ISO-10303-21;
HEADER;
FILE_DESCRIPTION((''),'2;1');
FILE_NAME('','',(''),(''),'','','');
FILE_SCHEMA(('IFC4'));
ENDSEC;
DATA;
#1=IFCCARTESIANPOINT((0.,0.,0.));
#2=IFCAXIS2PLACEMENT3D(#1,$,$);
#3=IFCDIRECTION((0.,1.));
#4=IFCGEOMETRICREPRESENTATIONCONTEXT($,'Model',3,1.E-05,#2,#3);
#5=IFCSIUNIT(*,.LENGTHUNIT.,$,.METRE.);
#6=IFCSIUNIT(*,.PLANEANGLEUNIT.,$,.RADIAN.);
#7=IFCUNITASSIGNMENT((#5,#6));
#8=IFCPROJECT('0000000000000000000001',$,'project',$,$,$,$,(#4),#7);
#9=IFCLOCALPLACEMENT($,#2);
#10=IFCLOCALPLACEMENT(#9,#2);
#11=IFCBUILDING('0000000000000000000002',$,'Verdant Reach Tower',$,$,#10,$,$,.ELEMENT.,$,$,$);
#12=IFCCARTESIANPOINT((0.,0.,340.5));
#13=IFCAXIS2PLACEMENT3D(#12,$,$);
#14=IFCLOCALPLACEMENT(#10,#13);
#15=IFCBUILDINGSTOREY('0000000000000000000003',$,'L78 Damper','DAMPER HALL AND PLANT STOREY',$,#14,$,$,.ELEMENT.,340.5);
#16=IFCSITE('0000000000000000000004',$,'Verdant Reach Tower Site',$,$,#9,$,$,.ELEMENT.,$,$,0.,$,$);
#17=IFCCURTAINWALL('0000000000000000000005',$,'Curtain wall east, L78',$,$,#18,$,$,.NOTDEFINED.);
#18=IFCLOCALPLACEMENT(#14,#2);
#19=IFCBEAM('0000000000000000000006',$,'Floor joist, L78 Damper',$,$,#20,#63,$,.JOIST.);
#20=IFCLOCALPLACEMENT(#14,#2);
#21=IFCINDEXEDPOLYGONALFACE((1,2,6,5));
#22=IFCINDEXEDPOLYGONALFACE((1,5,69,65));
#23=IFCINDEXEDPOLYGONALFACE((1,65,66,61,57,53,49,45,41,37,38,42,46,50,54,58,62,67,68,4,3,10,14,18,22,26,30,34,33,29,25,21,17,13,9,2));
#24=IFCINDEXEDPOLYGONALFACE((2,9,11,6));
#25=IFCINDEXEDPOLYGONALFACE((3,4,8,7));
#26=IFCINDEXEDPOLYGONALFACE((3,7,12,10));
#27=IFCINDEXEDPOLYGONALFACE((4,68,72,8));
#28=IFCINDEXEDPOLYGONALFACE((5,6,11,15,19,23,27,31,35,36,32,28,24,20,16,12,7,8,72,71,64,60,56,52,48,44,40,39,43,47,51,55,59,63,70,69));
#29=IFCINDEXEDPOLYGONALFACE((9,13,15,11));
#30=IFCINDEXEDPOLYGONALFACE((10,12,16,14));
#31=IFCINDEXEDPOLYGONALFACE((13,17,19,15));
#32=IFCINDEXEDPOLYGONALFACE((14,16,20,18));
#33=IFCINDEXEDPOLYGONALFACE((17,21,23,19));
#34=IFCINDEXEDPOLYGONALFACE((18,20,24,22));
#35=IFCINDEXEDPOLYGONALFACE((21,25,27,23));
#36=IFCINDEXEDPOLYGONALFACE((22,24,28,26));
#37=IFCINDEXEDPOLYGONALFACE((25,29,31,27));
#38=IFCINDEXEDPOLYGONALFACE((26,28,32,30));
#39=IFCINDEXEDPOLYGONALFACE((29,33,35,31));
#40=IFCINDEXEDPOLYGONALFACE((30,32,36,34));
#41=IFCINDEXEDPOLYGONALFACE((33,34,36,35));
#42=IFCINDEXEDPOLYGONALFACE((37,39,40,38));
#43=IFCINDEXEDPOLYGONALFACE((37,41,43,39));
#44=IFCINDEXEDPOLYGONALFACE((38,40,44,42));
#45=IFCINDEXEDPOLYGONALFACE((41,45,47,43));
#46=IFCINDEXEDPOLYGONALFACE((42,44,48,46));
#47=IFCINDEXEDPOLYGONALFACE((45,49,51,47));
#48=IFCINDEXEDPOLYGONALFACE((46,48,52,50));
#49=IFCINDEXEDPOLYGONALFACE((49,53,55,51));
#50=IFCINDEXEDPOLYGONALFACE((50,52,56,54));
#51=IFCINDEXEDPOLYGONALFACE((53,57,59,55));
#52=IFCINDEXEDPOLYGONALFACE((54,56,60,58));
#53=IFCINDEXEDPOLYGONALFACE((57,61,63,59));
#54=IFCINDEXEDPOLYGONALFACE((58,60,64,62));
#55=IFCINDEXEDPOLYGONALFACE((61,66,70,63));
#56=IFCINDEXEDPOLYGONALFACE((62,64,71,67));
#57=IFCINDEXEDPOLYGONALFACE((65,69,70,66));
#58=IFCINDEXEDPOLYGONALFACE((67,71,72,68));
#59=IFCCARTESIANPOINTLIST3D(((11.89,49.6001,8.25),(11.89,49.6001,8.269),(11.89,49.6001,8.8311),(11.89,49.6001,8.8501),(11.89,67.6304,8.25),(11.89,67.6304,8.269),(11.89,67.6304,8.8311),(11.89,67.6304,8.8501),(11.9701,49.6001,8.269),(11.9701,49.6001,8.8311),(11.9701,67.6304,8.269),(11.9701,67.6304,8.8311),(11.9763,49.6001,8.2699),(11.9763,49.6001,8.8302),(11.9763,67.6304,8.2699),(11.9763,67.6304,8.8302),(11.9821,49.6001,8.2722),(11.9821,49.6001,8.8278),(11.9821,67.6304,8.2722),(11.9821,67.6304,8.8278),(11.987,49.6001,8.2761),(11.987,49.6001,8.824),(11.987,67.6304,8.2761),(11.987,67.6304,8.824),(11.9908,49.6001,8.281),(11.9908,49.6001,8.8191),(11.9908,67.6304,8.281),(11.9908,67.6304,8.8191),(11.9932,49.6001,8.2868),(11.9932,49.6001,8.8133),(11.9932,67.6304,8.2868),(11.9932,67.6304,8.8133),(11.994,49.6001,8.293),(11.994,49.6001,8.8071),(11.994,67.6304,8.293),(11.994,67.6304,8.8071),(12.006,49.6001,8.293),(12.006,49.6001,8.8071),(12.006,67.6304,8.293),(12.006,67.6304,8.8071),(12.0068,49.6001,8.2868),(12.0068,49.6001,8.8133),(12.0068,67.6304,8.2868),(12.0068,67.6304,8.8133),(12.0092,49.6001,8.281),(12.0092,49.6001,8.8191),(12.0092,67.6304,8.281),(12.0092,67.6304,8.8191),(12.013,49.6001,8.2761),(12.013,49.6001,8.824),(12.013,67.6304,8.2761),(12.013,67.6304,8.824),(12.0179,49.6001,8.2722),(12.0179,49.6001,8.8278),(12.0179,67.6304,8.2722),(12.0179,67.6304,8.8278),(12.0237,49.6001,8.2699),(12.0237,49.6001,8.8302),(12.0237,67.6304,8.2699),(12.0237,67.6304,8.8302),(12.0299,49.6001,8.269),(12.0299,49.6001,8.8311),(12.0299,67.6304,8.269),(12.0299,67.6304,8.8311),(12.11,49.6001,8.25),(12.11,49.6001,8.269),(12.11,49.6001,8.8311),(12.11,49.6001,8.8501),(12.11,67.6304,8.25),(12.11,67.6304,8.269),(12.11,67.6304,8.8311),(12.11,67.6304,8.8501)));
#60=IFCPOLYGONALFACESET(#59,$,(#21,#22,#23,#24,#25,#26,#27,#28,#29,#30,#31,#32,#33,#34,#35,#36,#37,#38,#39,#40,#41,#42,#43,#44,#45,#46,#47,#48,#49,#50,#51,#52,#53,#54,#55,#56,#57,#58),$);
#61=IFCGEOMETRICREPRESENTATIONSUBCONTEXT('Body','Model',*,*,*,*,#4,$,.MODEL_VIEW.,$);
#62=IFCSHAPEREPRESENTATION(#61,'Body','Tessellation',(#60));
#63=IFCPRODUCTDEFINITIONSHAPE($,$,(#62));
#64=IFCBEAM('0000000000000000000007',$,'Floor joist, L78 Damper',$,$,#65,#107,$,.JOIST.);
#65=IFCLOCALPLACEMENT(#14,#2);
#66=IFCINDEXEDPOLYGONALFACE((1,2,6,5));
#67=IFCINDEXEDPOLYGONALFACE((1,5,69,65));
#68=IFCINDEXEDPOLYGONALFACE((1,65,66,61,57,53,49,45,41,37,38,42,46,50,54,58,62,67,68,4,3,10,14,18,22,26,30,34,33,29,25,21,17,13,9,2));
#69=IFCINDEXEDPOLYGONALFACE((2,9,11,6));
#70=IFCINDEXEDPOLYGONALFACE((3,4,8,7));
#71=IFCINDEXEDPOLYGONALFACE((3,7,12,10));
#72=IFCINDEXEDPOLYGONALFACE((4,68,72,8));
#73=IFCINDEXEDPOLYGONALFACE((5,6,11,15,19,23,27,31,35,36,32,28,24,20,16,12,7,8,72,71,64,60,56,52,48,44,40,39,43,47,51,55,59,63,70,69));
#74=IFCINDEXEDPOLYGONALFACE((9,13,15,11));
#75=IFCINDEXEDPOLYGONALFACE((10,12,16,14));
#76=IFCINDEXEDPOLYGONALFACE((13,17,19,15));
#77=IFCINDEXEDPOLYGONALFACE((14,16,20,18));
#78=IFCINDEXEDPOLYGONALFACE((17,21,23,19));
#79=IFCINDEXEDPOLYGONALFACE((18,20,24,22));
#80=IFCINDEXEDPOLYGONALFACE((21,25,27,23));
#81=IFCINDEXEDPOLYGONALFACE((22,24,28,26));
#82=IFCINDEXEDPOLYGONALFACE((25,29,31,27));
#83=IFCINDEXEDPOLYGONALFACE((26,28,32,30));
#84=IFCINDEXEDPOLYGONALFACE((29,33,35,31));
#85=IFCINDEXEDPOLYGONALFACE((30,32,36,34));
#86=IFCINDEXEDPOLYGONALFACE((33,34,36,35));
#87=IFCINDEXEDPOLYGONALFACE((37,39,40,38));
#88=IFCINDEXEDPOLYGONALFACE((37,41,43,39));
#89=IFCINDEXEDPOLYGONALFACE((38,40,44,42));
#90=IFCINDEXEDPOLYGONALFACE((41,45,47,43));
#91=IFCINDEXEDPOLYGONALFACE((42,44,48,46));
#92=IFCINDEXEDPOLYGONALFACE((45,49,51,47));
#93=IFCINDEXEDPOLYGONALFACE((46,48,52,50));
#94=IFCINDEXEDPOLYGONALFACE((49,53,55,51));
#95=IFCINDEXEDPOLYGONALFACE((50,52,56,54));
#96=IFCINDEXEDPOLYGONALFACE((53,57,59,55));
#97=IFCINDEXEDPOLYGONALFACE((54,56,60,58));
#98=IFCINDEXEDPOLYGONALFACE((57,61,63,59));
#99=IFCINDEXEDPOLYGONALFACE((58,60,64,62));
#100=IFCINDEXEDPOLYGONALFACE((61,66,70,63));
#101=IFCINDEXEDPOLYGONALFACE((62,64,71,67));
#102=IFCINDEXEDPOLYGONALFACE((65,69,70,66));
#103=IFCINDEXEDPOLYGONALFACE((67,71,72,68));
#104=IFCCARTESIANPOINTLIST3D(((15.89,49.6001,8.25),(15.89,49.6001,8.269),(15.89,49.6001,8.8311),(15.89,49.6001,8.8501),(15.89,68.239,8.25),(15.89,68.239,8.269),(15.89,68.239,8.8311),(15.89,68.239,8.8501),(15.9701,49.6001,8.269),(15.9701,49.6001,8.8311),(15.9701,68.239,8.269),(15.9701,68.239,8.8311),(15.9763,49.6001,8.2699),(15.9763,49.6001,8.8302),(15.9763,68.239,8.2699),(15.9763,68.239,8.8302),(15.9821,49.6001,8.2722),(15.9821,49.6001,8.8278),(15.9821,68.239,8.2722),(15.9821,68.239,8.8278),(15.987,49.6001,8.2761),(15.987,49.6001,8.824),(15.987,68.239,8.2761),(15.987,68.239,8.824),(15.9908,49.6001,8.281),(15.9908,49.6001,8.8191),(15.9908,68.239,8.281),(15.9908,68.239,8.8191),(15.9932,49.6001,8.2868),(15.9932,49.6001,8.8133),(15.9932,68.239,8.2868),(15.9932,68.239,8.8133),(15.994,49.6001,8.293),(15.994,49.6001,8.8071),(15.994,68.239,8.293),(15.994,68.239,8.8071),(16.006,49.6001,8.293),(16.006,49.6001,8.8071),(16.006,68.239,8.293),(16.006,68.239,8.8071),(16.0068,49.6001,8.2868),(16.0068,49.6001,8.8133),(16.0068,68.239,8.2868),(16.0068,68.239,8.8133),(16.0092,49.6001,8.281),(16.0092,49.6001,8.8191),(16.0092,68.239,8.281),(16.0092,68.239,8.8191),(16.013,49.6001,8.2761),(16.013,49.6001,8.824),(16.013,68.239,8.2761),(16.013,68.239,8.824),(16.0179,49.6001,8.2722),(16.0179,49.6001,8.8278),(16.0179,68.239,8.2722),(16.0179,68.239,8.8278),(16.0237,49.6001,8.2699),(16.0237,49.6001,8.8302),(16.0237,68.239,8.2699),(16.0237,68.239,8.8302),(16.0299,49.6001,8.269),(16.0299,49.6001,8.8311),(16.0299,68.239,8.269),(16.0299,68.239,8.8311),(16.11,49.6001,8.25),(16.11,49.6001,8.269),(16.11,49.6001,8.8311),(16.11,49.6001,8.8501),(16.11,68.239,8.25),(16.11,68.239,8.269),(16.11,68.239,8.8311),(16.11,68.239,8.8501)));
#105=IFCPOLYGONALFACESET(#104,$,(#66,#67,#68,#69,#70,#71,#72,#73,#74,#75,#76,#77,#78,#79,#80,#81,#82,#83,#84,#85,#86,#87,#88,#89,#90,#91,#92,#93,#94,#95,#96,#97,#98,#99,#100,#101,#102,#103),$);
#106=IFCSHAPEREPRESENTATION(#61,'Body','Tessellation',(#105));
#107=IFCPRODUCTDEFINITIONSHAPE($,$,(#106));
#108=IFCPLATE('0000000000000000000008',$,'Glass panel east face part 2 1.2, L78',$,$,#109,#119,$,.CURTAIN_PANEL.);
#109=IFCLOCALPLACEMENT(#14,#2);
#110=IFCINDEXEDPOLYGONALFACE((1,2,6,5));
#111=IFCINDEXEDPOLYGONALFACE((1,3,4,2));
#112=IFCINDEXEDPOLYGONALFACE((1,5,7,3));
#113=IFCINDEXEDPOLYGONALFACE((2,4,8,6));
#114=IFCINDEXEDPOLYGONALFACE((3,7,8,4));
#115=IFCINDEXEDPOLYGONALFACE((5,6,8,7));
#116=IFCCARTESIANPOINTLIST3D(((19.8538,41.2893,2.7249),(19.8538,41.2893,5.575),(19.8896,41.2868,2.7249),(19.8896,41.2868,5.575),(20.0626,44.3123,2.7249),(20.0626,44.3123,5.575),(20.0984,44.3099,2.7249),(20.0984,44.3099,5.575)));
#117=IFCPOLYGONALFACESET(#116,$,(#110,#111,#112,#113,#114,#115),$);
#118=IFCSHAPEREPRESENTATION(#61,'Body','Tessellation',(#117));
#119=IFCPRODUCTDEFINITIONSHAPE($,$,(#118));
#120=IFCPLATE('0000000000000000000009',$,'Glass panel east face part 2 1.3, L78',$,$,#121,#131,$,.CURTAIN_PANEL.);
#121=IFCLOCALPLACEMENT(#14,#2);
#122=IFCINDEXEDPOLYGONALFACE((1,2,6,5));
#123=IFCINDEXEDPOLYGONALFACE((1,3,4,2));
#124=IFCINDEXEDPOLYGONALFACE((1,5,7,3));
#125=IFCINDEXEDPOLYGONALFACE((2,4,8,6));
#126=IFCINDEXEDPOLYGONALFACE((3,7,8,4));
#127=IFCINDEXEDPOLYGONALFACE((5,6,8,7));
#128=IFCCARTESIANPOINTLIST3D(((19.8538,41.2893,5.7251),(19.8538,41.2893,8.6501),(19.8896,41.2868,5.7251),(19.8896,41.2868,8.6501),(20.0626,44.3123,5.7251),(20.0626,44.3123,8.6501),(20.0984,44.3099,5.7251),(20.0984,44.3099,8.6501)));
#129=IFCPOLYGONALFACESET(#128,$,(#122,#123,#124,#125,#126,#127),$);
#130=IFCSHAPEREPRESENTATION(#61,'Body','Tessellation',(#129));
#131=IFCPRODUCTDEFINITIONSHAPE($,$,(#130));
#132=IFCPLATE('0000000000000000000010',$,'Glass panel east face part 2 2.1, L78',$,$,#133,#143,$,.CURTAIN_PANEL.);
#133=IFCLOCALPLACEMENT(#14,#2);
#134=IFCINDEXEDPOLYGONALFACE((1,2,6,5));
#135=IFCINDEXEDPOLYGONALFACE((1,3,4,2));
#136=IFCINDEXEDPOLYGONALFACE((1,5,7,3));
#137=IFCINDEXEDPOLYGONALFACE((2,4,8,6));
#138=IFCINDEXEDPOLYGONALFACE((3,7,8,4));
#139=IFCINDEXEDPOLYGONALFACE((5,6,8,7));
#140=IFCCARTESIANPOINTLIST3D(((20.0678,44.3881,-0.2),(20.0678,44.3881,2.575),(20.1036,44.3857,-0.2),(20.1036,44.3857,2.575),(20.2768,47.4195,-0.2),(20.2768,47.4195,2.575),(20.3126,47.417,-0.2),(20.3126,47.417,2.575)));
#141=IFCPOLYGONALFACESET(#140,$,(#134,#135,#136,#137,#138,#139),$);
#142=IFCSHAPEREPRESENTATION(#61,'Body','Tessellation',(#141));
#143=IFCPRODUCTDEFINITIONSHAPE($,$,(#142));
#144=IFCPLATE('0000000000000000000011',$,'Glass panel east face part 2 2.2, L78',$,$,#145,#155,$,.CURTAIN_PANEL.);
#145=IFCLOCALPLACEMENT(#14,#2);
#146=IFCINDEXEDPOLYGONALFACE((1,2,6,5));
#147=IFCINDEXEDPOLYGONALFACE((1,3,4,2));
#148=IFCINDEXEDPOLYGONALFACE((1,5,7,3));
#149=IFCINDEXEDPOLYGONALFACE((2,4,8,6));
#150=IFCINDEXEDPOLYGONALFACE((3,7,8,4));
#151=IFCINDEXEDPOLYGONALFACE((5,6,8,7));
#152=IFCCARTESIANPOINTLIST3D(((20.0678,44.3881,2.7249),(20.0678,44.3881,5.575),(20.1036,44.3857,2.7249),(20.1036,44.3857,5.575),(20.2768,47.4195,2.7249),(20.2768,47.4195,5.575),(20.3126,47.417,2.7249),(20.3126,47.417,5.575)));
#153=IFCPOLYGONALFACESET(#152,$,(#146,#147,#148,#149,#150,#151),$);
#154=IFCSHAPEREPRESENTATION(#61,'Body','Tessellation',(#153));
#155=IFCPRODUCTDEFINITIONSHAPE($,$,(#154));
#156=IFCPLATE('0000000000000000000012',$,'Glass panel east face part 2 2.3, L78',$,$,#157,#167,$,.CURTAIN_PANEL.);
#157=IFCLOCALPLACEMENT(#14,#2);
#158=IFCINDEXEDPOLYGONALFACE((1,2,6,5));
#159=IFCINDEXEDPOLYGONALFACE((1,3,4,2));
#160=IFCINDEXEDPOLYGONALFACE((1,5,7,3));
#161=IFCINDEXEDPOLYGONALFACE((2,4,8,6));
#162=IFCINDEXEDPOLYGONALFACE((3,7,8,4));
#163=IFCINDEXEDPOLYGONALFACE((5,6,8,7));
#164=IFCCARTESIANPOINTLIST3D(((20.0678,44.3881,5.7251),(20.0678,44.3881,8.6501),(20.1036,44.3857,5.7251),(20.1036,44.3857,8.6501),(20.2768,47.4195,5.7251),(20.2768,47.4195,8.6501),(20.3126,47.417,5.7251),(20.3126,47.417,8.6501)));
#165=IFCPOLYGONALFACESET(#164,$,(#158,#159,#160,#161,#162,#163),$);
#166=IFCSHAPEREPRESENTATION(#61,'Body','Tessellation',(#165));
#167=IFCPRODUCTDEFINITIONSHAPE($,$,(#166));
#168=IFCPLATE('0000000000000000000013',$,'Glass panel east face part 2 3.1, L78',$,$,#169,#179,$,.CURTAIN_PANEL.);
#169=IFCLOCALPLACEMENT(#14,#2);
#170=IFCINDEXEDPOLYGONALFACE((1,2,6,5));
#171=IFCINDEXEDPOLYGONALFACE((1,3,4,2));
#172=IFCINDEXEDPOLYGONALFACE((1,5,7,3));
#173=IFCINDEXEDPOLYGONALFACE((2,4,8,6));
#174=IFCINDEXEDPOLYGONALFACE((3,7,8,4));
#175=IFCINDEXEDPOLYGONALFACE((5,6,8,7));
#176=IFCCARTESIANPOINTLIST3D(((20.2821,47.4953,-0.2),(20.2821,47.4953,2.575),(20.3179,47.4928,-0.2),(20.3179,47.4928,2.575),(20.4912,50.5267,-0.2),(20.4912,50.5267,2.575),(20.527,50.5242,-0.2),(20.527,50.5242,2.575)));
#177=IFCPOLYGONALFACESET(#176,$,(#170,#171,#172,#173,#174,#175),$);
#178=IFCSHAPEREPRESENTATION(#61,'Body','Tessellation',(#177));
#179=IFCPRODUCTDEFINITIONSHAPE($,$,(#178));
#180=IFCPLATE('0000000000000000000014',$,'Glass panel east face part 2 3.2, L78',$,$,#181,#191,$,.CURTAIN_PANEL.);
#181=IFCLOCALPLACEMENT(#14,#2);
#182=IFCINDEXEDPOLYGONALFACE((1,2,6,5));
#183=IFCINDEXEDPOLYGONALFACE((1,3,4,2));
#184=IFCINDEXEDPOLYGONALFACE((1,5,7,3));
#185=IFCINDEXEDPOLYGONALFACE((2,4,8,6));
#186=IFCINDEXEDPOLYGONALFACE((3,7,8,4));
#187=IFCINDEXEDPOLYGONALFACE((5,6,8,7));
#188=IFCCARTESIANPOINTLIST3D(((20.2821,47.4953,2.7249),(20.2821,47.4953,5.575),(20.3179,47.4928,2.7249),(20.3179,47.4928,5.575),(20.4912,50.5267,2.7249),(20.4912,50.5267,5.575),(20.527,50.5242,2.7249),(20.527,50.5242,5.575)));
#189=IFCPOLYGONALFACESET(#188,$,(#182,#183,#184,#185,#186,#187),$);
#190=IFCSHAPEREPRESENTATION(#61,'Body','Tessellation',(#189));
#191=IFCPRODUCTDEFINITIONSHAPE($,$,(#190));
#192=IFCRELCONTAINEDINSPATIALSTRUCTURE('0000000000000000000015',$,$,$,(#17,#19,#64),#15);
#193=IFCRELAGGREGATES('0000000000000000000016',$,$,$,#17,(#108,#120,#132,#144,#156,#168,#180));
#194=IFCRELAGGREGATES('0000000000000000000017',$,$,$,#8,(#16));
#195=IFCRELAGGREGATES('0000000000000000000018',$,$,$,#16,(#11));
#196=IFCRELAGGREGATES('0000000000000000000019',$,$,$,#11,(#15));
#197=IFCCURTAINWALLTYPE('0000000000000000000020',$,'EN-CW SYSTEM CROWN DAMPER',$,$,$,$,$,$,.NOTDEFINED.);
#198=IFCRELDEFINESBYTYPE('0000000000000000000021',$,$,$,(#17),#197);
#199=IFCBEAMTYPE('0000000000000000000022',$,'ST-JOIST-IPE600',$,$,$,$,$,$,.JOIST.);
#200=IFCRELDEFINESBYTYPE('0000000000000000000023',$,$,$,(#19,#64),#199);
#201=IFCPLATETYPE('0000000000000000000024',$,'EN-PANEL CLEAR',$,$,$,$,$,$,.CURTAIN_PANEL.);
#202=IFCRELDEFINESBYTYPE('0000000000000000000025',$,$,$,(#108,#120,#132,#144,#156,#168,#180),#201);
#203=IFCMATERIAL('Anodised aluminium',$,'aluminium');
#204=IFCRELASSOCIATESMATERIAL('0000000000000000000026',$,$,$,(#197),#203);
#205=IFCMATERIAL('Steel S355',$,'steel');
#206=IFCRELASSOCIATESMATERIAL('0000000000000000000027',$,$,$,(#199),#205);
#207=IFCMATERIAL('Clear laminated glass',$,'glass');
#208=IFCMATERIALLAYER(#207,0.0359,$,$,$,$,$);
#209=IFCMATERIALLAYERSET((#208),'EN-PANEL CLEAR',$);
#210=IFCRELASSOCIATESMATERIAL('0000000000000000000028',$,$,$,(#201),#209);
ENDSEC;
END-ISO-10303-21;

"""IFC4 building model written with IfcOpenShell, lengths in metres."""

from ifc_helpers import new_model, si_unit, direction, frame, origin, origin_2d, place, context, subcontext, project, spatial, rectangle, i_section, extrude, material, layer, layer_set, material_profile, profile_set, type_object, element, aggregate, save


model = new_model("IFC4")

# Units and contexts
model_context = context("Model", 3, precision=1e-05, world=origin(), true_north=direction((0.0, 1.0)))
body_context = subcontext(model_context, "Body", "Model", "MODEL_VIEW")
ifc_project = project(units=[si_unit("LENGTHUNIT", "METRE"), si_unit("PLANEANGLEUNIT", "RADIAN")], contexts=[model_context])

# Site, building, storey
site_placement = place(None, origin())
site = spatial("IfcSite", under=ifc_project, at=site_placement, Name="Verdant Reach Tower Site", CompositionType="ELEMENT", RefElevation=0.0)
building_placement = place(site_placement, origin())
building = spatial("IfcBuilding", under=site, at=building_placement, Name="Verdant Reach Tower", CompositionType="ELEMENT")
storey_placement = place(building_placement, frame((0.0, 0.0, 340.5)))
storey = spatial("IfcBuildingStorey", under=building, at=storey_placement, Name="L78 Damper", Description="DAMPER HALL AND PLANT STOREY", CompositionType="ELEMENT", Elevation=340.5)

# Curtain wall
ifc_material_1 = material(Name="Anodised aluminium", Category="aluminium")
curtain_wall_type = type_object("IfcCurtainWallType", Name="EN-CW SYSTEM CROWN DAMPER", PredefinedType="NOTDEFINED", material=ifc_material_1)
curtain_wall_placement = place(storey_placement, origin())
curtain_wall = element("IfcCurtainWall", 1, at=curtain_wall_placement, inside=storey, type_object=curtain_wall_type, Name="Curtain wall east, L78", PredefinedType="NOTDEFINED")

# Beams
ifc_material_2 = material(Name="Steel S355", Category="steel")
ifc_material_profile_1 = material_profile(ifc_material_2, i_section(OverallWidth=0.22, OverallDepth=0.6001, WebThickness=0.012, FlangeThickness=0.019, FilletRadius=0.0239, at=origin_2d()), Name="IPE 600")
ifc_profile_set_1 = profile_set([ifc_material_profile_1], Name="Steel S355")
beam_type_1 = type_object("IfcBeamType", Name="ST-JOIST-IPE600", PredefinedType="JOIST", material=ifc_profile_set_1)
beam_1_placement = place(storey_placement, frame((12.0, 49.6001, 8.55), z_axis=(0.0, 1.0, 0.0), x_axis=(-1.0, 0.0, 0.0)))
element("IfcBeam", 2, at=beam_1_placement, inside=storey, type_object=beam_type_1, Name="Floor joist, L78 Damper", PredefinedType="JOIST", context=body_context, shape_type="SweptSolid", body=[
    extrude(i_section(OverallWidth=0.22, OverallDepth=0.6001, WebThickness=0.012, FlangeThickness=0.019, FilletRadius=0.0239, at=origin_2d()), origin(), (0.0, 0.0, 1.0), 18.0303),
])
beam_2_placement = place(storey_placement, frame((16.0, 49.6001, 8.55), z_axis=(0.0, 1.0, 0.0), x_axis=(-1.0, 0.0, 0.0)))
element("IfcBeam", 3, at=beam_2_placement, inside=storey, type_object=beam_type_1, Name="Floor joist, L78 Damper", PredefinedType="JOIST", context=body_context, shape_type="SweptSolid", body=[
    extrude(i_section(OverallWidth=0.22, OverallDepth=0.6001, WebThickness=0.012, FlangeThickness=0.019, FilletRadius=0.0239, at=origin_2d()), origin(), (0.0, 0.0, 1.0), 18.6389),
])

# Plates
ifc_material_3 = material(Name="Clear laminated glass", Category="glass")
ifc_layer = layer(ifc_material_3, 0.0359)
ifc_layer_set = layer_set([ifc_layer], Name="EN-PANEL CLEAR")
plate_type = type_object("IfcPlateType", Name="EN-PANEL CLEAR", PredefinedType="CURTAIN_PANEL", material=ifc_layer_set)
plate_1_placement = place(storey_placement, frame((19.9761, 42.7996, 2.7249), z_axis=(0.0, 0.0, 1.0), x_axis=(0.068893, 0.997624, 0.0)))
plate_1 = element("IfcPlate", 4, at=plate_1_placement, type_object=plate_type, Name="Glass panel east face part 2 1.2, L78", PredefinedType="CURTAIN_PANEL", context=body_context, shape_type="SweptSolid", body=[
    extrude(rectangle(XDim=3.0303, YDim=0.0359, at=origin_2d()), origin(), (0.0, 0.0, 1.0), 2.8501),
])
plate_2_placement = place(storey_placement, frame((19.9761, 42.7996, 5.7251), z_axis=(0.0, 0.0, 1.0), x_axis=(0.068893, 0.997624, 0.0)))
plate_2 = element("IfcPlate", 5, at=plate_2_placement, type_object=plate_type, Name="Glass panel east face part 2 1.3, L78", PredefinedType="CURTAIN_PANEL", context=body_context, shape_type="SweptSolid", body=[
    extrude(rectangle(XDim=3.0303, YDim=0.0359, at=origin_2d()), origin(), (0.0, 0.0, 1.0), 2.925),
])
plate_3_placement = place(storey_placement, frame((20.1902, 45.9026, -0.2), z_axis=(0.0, 0.0, 1.0), x_axis=(0.068802, 0.99763, 0.0)))
plate_3 = element("IfcPlate", 6, at=plate_3_placement, type_object=plate_type, Name="Glass panel east face part 2 2.1, L78", PredefinedType="CURTAIN_PANEL", context=body_context, shape_type="SweptSolid", body=[
    extrude(rectangle(XDim=3.0386, YDim=0.0359, at=origin_2d()), origin(), (0.0, 0.0, 1.0), 2.7749),
])
plate_4_placement = place(storey_placement, frame((20.1902, 45.9026, 2.7249), z_axis=(0.0, 0.0, 1.0), x_axis=(0.068802, 0.99763, 0.0)))
plate_4 = element("IfcPlate", 7, at=plate_4_placement, type_object=plate_type, Name="Glass panel east face part 2 2.2, L78", PredefinedType="CURTAIN_PANEL", context=body_context, shape_type="SweptSolid", body=[
    extrude(rectangle(XDim=3.0386, YDim=0.0359, at=origin_2d()), origin(), (0.0, 0.0, 1.0), 2.8501),
])
plate_5_placement = place(storey_placement, frame((20.1902, 45.9026, 5.7251), z_axis=(0.0, 0.0, 1.0), x_axis=(0.068802, 0.99763, 0.0)))
plate_5 = element("IfcPlate", 8, at=plate_5_placement, type_object=plate_type, Name="Glass panel east face part 2 2.3, L78", PredefinedType="CURTAIN_PANEL", context=body_context, shape_type="SweptSolid", body=[
    extrude(rectangle(XDim=3.0386, YDim=0.0359, at=origin_2d()), origin(), (0.0, 0.0, 1.0), 2.925),
])
plate_6_placement = place(storey_placement, frame((20.4045, 49.0098, -0.2), z_axis=(0.0, 0.0, 1.0), x_axis=(0.068802, 0.99763, 0.0)))
plate_6 = element("IfcPlate", 9, at=plate_6_placement, type_object=plate_type, Name="Glass panel east face part 2 3.1, L78", PredefinedType="CURTAIN_PANEL", context=body_context, shape_type="SweptSolid", body=[
    extrude(rectangle(XDim=3.0386, YDim=0.0359, at=origin_2d()), origin(), (0.0, 0.0, 1.0), 2.7749),
])
plate_7_placement = place(storey_placement, frame((20.4045, 49.0098, 2.7249), z_axis=(0.0, 0.0, 1.0), x_axis=(0.068802, 0.99763, 0.0)))
plate_7 = element("IfcPlate", 10, at=plate_7_placement, type_object=plate_type, Name="Glass panel east face part 2 3.2, L78", PredefinedType="CURTAIN_PANEL", context=body_context, shape_type="SweptSolid", body=[
    extrude(rectangle(XDim=3.0386, YDim=0.0359, at=origin_2d()), origin(), (0.0, 0.0, 1.0), 2.8501),
])
aggregate(curtain_wall, [plate_1, plate_2, plate_3, plate_4, plate_5, plate_6, plate_7])

save(model, "model.ifc")
